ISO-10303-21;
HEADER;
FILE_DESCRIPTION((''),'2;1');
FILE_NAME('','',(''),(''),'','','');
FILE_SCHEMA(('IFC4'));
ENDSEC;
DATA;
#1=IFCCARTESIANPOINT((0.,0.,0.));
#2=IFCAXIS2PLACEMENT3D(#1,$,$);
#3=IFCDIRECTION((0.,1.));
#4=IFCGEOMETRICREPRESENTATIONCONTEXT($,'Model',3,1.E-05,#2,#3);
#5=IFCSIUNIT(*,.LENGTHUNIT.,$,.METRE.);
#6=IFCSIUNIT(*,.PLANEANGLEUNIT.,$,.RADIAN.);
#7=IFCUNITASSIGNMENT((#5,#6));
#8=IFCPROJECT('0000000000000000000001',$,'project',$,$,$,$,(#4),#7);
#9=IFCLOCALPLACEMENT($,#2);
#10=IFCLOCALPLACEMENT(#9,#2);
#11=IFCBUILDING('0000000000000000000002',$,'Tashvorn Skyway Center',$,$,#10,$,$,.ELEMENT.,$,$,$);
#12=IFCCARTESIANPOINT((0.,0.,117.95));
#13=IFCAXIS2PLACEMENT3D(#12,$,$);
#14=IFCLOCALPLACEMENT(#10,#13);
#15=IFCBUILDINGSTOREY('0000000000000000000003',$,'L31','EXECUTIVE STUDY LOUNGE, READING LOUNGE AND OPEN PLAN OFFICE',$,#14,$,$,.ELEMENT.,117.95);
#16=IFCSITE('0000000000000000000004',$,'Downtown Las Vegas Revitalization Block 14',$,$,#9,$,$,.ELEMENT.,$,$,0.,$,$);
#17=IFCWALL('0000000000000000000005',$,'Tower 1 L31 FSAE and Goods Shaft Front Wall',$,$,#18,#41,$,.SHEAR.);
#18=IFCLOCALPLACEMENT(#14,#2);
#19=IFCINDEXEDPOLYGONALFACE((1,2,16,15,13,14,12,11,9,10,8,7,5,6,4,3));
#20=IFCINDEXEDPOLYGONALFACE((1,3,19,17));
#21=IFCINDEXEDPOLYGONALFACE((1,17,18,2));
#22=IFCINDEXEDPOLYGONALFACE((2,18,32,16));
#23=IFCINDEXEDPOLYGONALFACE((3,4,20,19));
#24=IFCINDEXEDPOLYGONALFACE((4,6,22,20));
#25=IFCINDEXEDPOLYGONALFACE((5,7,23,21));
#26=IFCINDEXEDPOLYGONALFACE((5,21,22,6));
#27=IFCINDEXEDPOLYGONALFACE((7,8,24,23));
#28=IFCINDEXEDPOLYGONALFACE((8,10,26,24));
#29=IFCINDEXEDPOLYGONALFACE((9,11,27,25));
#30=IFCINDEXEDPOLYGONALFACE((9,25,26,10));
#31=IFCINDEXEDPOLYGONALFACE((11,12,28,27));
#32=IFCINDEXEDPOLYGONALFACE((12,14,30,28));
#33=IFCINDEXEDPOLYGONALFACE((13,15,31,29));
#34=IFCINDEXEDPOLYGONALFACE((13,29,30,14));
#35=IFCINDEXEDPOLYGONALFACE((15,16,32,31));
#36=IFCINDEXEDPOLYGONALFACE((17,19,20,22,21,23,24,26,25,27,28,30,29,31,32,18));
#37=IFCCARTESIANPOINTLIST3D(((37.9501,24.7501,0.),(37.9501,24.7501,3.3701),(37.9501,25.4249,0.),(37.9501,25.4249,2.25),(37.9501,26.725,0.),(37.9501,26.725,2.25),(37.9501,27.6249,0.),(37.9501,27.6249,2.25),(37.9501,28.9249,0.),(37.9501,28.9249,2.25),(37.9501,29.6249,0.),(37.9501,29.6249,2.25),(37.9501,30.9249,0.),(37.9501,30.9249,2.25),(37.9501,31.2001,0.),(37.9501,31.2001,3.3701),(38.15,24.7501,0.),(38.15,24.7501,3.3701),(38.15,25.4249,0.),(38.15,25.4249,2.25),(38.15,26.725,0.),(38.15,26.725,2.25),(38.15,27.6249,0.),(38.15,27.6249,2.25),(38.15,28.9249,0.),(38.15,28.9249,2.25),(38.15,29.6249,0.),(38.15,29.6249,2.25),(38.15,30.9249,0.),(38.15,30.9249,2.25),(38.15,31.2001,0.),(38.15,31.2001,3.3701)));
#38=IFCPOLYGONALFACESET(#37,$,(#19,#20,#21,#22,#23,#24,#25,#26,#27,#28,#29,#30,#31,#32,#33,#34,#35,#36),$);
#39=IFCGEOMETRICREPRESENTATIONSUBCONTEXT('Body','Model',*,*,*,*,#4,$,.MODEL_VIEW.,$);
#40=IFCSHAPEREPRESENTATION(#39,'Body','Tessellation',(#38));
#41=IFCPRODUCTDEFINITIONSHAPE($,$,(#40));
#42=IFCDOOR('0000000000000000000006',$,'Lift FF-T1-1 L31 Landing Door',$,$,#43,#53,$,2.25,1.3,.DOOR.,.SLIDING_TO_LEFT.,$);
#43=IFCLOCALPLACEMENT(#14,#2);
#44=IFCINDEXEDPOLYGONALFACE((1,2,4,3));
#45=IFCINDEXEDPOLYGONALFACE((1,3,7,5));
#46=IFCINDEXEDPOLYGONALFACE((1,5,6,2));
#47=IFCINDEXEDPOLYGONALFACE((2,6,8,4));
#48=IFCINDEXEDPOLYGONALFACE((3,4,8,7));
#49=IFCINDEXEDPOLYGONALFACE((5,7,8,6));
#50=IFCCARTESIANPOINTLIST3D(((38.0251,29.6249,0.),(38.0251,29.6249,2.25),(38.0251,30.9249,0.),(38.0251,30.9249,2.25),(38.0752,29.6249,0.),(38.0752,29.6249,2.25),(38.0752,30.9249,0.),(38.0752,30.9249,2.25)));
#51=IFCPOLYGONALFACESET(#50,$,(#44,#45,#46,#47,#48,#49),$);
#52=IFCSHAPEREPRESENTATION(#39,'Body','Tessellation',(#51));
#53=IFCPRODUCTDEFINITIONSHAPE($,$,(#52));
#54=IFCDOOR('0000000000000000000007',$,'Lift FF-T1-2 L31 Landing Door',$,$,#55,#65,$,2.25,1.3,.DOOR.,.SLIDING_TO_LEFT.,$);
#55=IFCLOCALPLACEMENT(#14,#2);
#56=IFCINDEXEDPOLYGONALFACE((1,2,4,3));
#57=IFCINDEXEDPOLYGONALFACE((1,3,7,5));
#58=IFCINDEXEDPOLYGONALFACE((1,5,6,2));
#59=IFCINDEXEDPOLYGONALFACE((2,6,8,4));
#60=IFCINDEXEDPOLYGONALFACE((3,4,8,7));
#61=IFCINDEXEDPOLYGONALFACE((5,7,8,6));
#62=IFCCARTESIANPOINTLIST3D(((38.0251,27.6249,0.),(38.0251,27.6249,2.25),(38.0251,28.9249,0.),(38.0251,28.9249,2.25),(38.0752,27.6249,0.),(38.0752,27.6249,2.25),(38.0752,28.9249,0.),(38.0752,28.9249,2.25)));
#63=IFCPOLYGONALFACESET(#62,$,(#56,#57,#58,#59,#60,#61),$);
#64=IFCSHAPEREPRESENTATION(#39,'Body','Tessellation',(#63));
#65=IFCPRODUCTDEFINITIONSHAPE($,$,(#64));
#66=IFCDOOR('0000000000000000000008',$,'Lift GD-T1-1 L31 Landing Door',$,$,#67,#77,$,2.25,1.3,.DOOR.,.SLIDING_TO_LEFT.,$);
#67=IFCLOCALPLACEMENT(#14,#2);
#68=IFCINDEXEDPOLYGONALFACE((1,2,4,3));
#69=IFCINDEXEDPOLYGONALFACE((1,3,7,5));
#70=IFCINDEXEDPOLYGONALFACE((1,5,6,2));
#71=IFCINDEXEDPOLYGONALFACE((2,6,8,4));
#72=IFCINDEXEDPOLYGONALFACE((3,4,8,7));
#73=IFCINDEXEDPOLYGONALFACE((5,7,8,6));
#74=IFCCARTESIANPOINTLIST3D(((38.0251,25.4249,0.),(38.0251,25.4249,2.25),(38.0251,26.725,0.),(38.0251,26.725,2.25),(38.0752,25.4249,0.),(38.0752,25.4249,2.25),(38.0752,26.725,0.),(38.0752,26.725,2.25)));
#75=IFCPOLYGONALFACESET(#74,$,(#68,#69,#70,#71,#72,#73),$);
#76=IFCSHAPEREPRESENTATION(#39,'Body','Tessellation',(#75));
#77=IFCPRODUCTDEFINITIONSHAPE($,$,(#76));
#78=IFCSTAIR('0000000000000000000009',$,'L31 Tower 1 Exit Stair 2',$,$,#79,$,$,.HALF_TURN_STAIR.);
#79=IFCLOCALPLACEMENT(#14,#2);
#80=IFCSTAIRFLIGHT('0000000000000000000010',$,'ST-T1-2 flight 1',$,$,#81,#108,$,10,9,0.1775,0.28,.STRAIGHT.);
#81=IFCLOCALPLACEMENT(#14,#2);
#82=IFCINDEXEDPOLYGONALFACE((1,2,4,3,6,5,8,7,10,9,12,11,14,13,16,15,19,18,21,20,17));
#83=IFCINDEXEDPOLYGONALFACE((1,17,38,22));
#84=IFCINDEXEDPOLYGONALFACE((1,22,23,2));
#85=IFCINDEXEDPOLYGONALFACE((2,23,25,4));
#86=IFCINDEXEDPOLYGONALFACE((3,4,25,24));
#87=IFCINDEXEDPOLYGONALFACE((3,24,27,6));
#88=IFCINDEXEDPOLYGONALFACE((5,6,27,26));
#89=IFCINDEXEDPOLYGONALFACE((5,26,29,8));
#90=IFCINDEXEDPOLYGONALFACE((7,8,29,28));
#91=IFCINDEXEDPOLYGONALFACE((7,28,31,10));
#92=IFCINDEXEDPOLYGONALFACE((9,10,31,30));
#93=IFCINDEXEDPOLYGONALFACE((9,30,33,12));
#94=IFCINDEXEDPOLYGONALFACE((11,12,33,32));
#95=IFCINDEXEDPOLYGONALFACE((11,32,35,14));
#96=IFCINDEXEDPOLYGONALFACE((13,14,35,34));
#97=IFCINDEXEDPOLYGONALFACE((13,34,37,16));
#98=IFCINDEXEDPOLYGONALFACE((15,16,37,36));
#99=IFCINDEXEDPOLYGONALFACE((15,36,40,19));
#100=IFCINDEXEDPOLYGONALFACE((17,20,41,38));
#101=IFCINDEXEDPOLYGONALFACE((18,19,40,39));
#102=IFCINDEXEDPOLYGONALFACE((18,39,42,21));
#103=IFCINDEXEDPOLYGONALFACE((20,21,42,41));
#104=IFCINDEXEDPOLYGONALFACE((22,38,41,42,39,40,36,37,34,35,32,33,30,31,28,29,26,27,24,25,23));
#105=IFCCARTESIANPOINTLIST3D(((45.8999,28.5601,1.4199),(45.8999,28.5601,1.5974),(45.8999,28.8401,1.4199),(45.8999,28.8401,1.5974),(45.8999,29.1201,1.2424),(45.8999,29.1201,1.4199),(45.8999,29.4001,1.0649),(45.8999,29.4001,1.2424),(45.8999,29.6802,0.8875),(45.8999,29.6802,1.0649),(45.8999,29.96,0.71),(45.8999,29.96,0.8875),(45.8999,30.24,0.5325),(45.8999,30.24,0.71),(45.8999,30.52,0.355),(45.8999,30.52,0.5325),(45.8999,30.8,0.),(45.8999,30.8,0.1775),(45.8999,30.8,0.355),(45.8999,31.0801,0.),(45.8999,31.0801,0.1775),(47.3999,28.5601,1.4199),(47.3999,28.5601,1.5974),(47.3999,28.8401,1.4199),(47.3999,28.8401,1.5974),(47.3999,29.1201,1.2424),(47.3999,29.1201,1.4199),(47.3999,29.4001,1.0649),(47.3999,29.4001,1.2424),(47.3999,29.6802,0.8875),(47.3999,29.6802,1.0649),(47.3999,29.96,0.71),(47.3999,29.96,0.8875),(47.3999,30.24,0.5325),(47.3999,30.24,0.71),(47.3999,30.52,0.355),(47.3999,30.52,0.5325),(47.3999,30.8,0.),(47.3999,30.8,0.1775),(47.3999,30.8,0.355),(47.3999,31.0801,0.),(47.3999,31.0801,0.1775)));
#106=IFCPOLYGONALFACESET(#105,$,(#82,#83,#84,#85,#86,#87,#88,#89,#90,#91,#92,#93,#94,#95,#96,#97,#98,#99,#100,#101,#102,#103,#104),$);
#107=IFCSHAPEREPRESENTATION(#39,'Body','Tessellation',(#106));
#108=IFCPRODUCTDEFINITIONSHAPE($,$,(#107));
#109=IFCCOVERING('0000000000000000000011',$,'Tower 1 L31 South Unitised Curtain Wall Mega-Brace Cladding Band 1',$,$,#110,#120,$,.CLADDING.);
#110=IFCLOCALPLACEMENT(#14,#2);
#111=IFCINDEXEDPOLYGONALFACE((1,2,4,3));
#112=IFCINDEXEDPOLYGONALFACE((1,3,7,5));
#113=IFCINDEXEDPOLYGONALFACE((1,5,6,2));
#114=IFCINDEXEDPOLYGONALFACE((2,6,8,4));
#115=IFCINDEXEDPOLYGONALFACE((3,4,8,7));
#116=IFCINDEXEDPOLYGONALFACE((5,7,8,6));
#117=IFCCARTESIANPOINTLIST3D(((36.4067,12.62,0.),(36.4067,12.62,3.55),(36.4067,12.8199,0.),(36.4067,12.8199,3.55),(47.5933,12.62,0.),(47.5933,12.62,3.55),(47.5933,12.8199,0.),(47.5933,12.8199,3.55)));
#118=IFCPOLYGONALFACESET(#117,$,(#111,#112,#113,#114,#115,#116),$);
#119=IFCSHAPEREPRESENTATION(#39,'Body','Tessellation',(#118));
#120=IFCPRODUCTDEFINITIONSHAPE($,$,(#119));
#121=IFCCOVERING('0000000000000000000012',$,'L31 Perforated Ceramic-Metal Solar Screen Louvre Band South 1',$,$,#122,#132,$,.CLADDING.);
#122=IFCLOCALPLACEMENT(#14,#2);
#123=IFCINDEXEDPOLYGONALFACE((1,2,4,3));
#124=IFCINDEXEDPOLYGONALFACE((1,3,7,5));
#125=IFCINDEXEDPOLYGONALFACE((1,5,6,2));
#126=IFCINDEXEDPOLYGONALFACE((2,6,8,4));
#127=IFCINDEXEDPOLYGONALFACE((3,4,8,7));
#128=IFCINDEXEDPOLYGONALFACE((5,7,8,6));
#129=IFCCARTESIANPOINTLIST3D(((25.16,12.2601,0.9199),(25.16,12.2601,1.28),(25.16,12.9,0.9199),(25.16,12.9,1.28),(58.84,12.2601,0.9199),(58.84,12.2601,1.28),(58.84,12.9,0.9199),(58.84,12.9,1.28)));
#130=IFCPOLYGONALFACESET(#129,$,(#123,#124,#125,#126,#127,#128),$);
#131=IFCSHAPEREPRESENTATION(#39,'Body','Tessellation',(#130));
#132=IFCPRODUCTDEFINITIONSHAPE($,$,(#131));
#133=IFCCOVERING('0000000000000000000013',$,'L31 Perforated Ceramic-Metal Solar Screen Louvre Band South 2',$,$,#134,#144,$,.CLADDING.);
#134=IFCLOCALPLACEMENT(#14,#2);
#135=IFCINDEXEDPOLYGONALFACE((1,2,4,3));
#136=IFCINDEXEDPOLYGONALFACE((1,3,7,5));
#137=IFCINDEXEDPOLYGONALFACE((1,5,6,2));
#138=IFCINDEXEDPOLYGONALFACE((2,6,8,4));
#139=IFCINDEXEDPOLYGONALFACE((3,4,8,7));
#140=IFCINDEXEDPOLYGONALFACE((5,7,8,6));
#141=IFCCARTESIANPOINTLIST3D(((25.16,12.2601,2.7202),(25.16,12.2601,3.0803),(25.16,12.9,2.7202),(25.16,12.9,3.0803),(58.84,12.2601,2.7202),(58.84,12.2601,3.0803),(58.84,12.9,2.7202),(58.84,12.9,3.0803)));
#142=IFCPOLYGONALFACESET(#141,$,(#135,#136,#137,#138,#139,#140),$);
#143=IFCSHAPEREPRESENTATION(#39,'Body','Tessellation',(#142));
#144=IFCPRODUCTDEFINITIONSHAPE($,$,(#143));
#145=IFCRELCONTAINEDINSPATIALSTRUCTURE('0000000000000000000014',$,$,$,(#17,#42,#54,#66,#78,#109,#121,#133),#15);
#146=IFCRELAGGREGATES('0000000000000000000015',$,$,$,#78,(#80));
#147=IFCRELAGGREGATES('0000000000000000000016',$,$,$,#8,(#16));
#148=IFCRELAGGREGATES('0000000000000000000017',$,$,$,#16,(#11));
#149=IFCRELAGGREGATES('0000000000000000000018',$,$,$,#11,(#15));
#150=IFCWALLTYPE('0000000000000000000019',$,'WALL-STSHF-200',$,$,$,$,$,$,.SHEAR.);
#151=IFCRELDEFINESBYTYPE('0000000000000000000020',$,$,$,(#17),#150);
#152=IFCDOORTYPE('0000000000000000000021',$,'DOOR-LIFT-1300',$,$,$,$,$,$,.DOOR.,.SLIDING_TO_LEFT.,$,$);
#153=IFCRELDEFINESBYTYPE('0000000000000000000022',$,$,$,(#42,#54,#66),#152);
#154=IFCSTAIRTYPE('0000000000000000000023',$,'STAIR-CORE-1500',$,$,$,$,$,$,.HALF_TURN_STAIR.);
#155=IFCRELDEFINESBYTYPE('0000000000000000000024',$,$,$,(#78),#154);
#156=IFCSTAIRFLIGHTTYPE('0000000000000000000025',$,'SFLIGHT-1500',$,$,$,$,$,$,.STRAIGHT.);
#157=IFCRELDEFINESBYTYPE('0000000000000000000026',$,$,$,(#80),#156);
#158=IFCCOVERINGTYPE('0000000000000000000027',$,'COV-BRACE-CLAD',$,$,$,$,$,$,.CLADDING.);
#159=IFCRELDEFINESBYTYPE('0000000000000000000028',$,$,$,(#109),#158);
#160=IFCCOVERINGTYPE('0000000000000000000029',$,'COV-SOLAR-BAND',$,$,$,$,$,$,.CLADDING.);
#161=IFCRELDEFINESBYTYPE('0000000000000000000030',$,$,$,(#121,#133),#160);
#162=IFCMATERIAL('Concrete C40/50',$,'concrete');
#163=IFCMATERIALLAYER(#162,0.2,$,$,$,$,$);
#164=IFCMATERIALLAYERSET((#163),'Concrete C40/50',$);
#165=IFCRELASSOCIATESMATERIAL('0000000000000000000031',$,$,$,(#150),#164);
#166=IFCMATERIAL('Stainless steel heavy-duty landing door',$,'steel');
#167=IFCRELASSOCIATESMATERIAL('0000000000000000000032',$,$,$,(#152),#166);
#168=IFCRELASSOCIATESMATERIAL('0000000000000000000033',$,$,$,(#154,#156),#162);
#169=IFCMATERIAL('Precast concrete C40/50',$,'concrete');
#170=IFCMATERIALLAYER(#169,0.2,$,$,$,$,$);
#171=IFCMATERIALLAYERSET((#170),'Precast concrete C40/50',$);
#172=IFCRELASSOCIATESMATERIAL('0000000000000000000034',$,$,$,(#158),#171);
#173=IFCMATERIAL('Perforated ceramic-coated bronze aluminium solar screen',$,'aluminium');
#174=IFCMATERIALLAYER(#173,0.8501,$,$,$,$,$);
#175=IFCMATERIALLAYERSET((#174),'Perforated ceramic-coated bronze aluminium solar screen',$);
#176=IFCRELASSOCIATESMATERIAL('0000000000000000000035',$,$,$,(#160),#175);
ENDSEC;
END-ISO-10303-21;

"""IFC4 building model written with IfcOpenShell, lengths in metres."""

from ifc_helpers import new_model, si_unit, direction, frame, frame_2d, origin, origin_2d, place, context, subcontext, project, spatial, polyline, rectangle, outline, extrude, material, layer, layer_set, type_object, element, fill, aggregate, save


model = new_model("IFC4")

# Units and contexts
model_context = context("Model", 3, precision=1e-05, world=origin(), true_north=direction((0.0, 1.0)))
body_context = subcontext(model_context, "Body", "Model", "MODEL_VIEW")
ifc_project = project(units=[si_unit("LENGTHUNIT", "METRE"), si_unit("PLANEANGLEUNIT", "RADIAN")], contexts=[model_context])

# Site, building, storey
site_placement = place(None, origin())
site = spatial("IfcSite", under=ifc_project, at=site_placement, Name="Downtown Las Vegas Revitalization Block 14", CompositionType="ELEMENT", RefElevation=0.0)
building_placement = place(site_placement, origin())
building = spatial("IfcBuilding", under=site, at=building_placement, Name="Tashvorn Skyway Center", CompositionType="ELEMENT")
storey_placement = place(building_placement, frame((0.0, 0.0, 117.95)))
storey = spatial("IfcBuildingStorey", under=building, at=storey_placement, Name="L31", Description="EXECUTIVE STUDY LOUNGE, READING LOUNGE AND OPEN PLAN OFFICE", CompositionType="ELEMENT", Elevation=117.95)

# Shared definitions
ifc_material_1 = material(Name="Concrete C40/50", Category="concrete")

# Shared definitions
ifc_layer_1 = layer(ifc_material_1, 0.2)
ifc_layer_set_1 = layer_set([ifc_layer_1], Name="Concrete C40/50")
wall_type_1 = type_object("IfcWallType", Name="WALL-STSHF-200", PredefinedType="SHEAR", material=ifc_layer_set_1)

# Wall, openings, doors
wall_1_placement = place(storey_placement, frame((38.05, 24.75, 0.0), z_axis=(0.0, 0.0, 1.0), x_axis=(0.0, 1.0, 0.0)))
wall_1 = element("IfcWall", 1, at=wall_1_placement, inside=storey, type_object=wall_type_1, Name="Tower 1 L31 FSAE and Goods Shaft Front Wall", PredefinedType="SHEAR", context=body_context, shape_type="SweptSolid", body=[
    extrude(rectangle(XDim=6.45, YDim=0.2, at=frame_2d((3.2251, 0.0))), origin(), (0.0, 0.0, 1.0), 3.3701),
])
opening_1_placement = place(wall_1_placement, frame((4.875, 0.0, 0.0)))
opening_1 = element("IfcOpeningElement", 2, at=opening_1_placement, cuts=wall_1, PredefinedType="OPENING", context=body_context, shape_type="SweptSolid", body=[
    extrude(rectangle(XDim=1.3, YDim=2.25, at=frame_2d((0.6499, 1.125))), frame((0.0, 0.1099, 0.0), z_axis=(0.0, -1.0, 0.0), x_axis=(1.0, 0.0, 0.0)), (0.0, 0.0, 1.0), 0.22),
])
opening_2_placement = place(wall_1_placement, frame((2.875, 0.0, 0.0)))
opening_2 = element("IfcOpeningElement", 3, at=opening_2_placement, cuts=wall_1, PredefinedType="OPENING", context=body_context, shape_type="SweptSolid", body=[
    extrude(rectangle(XDim=1.3, YDim=2.25, at=frame_2d((0.6499, 1.125))), frame((0.0, 0.1099, 0.0), z_axis=(0.0, -1.0, 0.0), x_axis=(1.0, 0.0, 0.0)), (0.0, 0.0, 1.0), 0.22),
])
opening_3_placement = place(wall_1_placement, frame((0.675, 0.0, 0.0)))
opening_3 = element("IfcOpeningElement", 4, at=opening_3_placement, cuts=wall_1, PredefinedType="OPENING", context=body_context, shape_type="SweptSolid", body=[
    extrude(rectangle(XDim=1.3, YDim=2.25, at=frame_2d((0.6499, 1.125))), frame((0.0, 0.1099, 0.0), z_axis=(0.0, -1.0, 0.0), x_axis=(1.0, 0.0, 0.0)), (0.0, 0.0, 1.0), 0.22),
])
ifc_material_2 = material(Name="Stainless steel heavy-duty landing door", Category="steel")
door_type_1 = type_object("IfcDoorType", Name="DOOR-LIFT-1300", OperationType="SLIDING_TO_LEFT", PredefinedType="DOOR", material=ifc_material_2)
door_1_placement = place(opening_1_placement, origin())
door_1 = element("IfcDoor", 5, at=door_1_placement, inside=storey, type_object=door_type_1, Name="Lift FF-T1-1 L31 Landing Door", OperationType="SLIDING_TO_LEFT", OverallHeight=2.25, OverallWidth=1.3, PredefinedType="DOOR", context=body_context, shape_type="SweptSolid", body=[
    extrude(rectangle(XDim=1.3, YDim=2.25, at=frame_2d((0.6499, 1.125))), frame((0.0, 0.0249, 0.0), z_axis=(0.0, -1.0, 0.0), x_axis=(1.0, 0.0, 0.0)), (0.0, 0.0, 1.0), 0.05),
])
fill(opening_1, door_1)
door_2_placement = place(opening_2_placement, origin())
door_2 = element("IfcDoor", 6, at=door_2_placement, inside=storey, type_object=door_type_1, Name="Lift FF-T1-2 L31 Landing Door", OperationType="SLIDING_TO_LEFT", OverallHeight=2.25, OverallWidth=1.3, PredefinedType="DOOR", context=body_context, shape_type="SweptSolid", body=[
    extrude(rectangle(XDim=1.3, YDim=2.25, at=frame_2d((0.6499, 1.125))), frame((0.0, 0.0249, 0.0), z_axis=(0.0, -1.0, 0.0), x_axis=(1.0, 0.0, 0.0)), (0.0, 0.0, 1.0), 0.05),
])
fill(opening_2, door_2)
door_3_placement = place(opening_3_placement, origin())
door_3 = element("IfcDoor", 7, at=door_3_placement, inside=storey, type_object=door_type_1, Name="Lift GD-T1-1 L31 Landing Door", OperationType="SLIDING_TO_LEFT", OverallHeight=2.25, OverallWidth=1.3, PredefinedType="DOOR", context=body_context, shape_type="SweptSolid", body=[
    extrude(rectangle(XDim=1.3, YDim=2.25, at=frame_2d((0.6499, 1.125))), frame((0.0, 0.0249, 0.0), z_axis=(0.0, -1.0, 0.0), x_axis=(1.0, 0.0, 0.0)), (0.0, 0.0, 1.0), 0.05),
])
fill(opening_3, door_3)

# Stair, stair flight
stair_type = type_object("IfcStairType", Name="STAIR-CORE-1500", PredefinedType="HALF_TURN_STAIR", material=ifc_material_1)
stair_placement = place(storey_placement, origin())
stair = element("IfcStair", 8, at=stair_placement, inside=storey, type_object=stair_type, Name="L31 Tower 1 Exit Stair 2", PredefinedType="HALF_TURN_STAIR")
stair_flight_type = type_object("IfcStairFlightType", Name="SFLIGHT-1500", PredefinedType="STRAIGHT", material=ifc_material_1)
stair_flight_placement = place(storey_placement, frame((46.6499, 31.0801, 0.0), z_axis=(0.0, 0.0, 1.0), x_axis=(0.0, -1.0, 0.0)))
stair_flight = element("IfcStairFlight", 9, at=stair_flight_placement, type_object=stair_flight_type, Name="ST-T1-2 flight 1", NumberOfRisers=10, NumberOfTreads=9, PredefinedType="STRAIGHT", RiserHeight=0.1775, TreadLength=0.28, context=body_context, shape_type="SweptSolid", body=[
    extrude(outline(polyline([(0.0, 0.0), (0.0, 0.1775), (0.28, 0.1775), (0.28, 0.355), (0.5601, 0.355), (0.5601, 0.5325), (0.8401, 0.5325), (0.8401, 0.71), (1.1201, 0.71), (1.1201, 0.8875), (1.3999, 0.8875), (1.3999, 1.0649), (1.6799, 1.0649), (1.6799, 1.2424), (1.96, 1.2424), (1.96, 1.4199), (2.24, 1.4199), (2.24, 1.5974), (2.52, 1.5974), (2.52, 1.7749), (2.52, 1.4199), (0.28, 0.0), (0.0, 0.0)])), frame((0.0, 0.75, 0.0), z_axis=(0.0, -1.0, 0.0), x_axis=(1.0, 0.0, 0.0)), (0.0, 0.0, 1.0), 1.5),
])
aggregate(stair, [stair_flight])

# Coverings
ifc_material_3 = material(Name="Precast concrete C40/50", Category="concrete")
ifc_layer_2 = layer(ifc_material_3, 0.2)
ifc_layer_set_2 = layer_set([ifc_layer_2], Name="Precast concrete C40/50")
covering_type_1 = type_object("IfcCoveringType", Name="COV-BRACE-CLAD", PredefinedType="CLADDING", material=ifc_layer_set_2)
covering_placement = place(storey_placement, frame((42.0, 12.72, 0.0), z_axis=(0.0, 0.0, 1.0), x_axis=(-1.0, 0.0, 0.0)))
element("IfcCovering", 10, at=covering_placement, inside=storey, type_object=covering_type_1, Name="Tower 1 L31 South Unitised Curtain Wall Mega-Brace Cladding Band 1", PredefinedType="CLADDING", context=body_context, shape_type="SweptSolid", body=[
    extrude(rectangle(XDim=11.1865, YDim=0.2, at=origin_2d()), origin(), (0.0, 0.0, 1.0), 3.55),
])
ifc_material_4 = material(Name="Perforated ceramic-coated bronze aluminium solar screen", Category="aluminium")
ifc_layer_3 = layer(ifc_material_4, 0.8501)
ifc_layer_set_3 = layer_set([ifc_layer_3], Name="Perforated ceramic-coated bronze aluminium solar screen")
covering_type_2 = type_object("IfcCoveringType", Name="COV-SOLAR-BAND", PredefinedType="CLADDING", material=ifc_layer_set_3)
for number, where, z_axis, x_axis, name in (
    (11, (42.0, 12.5801, 0.9199), (0.0, 0.0, 1.0), (-1.0, 0.0, 0.0), "L31 Perforated Ceramic-Metal Solar Screen Louvre Band South 1"),
    (12, (42.0, 12.5801, 2.7202), (0.0, 0.0, 1.0), (-1.0, 0.0, 0.0), "L31 Perforated Ceramic-Metal Solar Screen Louvre Band South 2"),
):
    element("IfcCovering", number, at=place(storey_placement, frame(where, z_axis=z_axis, x_axis=x_axis)), inside=storey, type_object=covering_type_2, Name=name, PredefinedType="CLADDING", context=body_context, shape_type="SweptSolid", body=[
        extrude(rectangle(XDim=33.6799, YDim=0.6399, at=origin_2d()), origin(), (0.0, 0.0, 1.0), 0.3601),
    ])

save(model, "model.ifc")
